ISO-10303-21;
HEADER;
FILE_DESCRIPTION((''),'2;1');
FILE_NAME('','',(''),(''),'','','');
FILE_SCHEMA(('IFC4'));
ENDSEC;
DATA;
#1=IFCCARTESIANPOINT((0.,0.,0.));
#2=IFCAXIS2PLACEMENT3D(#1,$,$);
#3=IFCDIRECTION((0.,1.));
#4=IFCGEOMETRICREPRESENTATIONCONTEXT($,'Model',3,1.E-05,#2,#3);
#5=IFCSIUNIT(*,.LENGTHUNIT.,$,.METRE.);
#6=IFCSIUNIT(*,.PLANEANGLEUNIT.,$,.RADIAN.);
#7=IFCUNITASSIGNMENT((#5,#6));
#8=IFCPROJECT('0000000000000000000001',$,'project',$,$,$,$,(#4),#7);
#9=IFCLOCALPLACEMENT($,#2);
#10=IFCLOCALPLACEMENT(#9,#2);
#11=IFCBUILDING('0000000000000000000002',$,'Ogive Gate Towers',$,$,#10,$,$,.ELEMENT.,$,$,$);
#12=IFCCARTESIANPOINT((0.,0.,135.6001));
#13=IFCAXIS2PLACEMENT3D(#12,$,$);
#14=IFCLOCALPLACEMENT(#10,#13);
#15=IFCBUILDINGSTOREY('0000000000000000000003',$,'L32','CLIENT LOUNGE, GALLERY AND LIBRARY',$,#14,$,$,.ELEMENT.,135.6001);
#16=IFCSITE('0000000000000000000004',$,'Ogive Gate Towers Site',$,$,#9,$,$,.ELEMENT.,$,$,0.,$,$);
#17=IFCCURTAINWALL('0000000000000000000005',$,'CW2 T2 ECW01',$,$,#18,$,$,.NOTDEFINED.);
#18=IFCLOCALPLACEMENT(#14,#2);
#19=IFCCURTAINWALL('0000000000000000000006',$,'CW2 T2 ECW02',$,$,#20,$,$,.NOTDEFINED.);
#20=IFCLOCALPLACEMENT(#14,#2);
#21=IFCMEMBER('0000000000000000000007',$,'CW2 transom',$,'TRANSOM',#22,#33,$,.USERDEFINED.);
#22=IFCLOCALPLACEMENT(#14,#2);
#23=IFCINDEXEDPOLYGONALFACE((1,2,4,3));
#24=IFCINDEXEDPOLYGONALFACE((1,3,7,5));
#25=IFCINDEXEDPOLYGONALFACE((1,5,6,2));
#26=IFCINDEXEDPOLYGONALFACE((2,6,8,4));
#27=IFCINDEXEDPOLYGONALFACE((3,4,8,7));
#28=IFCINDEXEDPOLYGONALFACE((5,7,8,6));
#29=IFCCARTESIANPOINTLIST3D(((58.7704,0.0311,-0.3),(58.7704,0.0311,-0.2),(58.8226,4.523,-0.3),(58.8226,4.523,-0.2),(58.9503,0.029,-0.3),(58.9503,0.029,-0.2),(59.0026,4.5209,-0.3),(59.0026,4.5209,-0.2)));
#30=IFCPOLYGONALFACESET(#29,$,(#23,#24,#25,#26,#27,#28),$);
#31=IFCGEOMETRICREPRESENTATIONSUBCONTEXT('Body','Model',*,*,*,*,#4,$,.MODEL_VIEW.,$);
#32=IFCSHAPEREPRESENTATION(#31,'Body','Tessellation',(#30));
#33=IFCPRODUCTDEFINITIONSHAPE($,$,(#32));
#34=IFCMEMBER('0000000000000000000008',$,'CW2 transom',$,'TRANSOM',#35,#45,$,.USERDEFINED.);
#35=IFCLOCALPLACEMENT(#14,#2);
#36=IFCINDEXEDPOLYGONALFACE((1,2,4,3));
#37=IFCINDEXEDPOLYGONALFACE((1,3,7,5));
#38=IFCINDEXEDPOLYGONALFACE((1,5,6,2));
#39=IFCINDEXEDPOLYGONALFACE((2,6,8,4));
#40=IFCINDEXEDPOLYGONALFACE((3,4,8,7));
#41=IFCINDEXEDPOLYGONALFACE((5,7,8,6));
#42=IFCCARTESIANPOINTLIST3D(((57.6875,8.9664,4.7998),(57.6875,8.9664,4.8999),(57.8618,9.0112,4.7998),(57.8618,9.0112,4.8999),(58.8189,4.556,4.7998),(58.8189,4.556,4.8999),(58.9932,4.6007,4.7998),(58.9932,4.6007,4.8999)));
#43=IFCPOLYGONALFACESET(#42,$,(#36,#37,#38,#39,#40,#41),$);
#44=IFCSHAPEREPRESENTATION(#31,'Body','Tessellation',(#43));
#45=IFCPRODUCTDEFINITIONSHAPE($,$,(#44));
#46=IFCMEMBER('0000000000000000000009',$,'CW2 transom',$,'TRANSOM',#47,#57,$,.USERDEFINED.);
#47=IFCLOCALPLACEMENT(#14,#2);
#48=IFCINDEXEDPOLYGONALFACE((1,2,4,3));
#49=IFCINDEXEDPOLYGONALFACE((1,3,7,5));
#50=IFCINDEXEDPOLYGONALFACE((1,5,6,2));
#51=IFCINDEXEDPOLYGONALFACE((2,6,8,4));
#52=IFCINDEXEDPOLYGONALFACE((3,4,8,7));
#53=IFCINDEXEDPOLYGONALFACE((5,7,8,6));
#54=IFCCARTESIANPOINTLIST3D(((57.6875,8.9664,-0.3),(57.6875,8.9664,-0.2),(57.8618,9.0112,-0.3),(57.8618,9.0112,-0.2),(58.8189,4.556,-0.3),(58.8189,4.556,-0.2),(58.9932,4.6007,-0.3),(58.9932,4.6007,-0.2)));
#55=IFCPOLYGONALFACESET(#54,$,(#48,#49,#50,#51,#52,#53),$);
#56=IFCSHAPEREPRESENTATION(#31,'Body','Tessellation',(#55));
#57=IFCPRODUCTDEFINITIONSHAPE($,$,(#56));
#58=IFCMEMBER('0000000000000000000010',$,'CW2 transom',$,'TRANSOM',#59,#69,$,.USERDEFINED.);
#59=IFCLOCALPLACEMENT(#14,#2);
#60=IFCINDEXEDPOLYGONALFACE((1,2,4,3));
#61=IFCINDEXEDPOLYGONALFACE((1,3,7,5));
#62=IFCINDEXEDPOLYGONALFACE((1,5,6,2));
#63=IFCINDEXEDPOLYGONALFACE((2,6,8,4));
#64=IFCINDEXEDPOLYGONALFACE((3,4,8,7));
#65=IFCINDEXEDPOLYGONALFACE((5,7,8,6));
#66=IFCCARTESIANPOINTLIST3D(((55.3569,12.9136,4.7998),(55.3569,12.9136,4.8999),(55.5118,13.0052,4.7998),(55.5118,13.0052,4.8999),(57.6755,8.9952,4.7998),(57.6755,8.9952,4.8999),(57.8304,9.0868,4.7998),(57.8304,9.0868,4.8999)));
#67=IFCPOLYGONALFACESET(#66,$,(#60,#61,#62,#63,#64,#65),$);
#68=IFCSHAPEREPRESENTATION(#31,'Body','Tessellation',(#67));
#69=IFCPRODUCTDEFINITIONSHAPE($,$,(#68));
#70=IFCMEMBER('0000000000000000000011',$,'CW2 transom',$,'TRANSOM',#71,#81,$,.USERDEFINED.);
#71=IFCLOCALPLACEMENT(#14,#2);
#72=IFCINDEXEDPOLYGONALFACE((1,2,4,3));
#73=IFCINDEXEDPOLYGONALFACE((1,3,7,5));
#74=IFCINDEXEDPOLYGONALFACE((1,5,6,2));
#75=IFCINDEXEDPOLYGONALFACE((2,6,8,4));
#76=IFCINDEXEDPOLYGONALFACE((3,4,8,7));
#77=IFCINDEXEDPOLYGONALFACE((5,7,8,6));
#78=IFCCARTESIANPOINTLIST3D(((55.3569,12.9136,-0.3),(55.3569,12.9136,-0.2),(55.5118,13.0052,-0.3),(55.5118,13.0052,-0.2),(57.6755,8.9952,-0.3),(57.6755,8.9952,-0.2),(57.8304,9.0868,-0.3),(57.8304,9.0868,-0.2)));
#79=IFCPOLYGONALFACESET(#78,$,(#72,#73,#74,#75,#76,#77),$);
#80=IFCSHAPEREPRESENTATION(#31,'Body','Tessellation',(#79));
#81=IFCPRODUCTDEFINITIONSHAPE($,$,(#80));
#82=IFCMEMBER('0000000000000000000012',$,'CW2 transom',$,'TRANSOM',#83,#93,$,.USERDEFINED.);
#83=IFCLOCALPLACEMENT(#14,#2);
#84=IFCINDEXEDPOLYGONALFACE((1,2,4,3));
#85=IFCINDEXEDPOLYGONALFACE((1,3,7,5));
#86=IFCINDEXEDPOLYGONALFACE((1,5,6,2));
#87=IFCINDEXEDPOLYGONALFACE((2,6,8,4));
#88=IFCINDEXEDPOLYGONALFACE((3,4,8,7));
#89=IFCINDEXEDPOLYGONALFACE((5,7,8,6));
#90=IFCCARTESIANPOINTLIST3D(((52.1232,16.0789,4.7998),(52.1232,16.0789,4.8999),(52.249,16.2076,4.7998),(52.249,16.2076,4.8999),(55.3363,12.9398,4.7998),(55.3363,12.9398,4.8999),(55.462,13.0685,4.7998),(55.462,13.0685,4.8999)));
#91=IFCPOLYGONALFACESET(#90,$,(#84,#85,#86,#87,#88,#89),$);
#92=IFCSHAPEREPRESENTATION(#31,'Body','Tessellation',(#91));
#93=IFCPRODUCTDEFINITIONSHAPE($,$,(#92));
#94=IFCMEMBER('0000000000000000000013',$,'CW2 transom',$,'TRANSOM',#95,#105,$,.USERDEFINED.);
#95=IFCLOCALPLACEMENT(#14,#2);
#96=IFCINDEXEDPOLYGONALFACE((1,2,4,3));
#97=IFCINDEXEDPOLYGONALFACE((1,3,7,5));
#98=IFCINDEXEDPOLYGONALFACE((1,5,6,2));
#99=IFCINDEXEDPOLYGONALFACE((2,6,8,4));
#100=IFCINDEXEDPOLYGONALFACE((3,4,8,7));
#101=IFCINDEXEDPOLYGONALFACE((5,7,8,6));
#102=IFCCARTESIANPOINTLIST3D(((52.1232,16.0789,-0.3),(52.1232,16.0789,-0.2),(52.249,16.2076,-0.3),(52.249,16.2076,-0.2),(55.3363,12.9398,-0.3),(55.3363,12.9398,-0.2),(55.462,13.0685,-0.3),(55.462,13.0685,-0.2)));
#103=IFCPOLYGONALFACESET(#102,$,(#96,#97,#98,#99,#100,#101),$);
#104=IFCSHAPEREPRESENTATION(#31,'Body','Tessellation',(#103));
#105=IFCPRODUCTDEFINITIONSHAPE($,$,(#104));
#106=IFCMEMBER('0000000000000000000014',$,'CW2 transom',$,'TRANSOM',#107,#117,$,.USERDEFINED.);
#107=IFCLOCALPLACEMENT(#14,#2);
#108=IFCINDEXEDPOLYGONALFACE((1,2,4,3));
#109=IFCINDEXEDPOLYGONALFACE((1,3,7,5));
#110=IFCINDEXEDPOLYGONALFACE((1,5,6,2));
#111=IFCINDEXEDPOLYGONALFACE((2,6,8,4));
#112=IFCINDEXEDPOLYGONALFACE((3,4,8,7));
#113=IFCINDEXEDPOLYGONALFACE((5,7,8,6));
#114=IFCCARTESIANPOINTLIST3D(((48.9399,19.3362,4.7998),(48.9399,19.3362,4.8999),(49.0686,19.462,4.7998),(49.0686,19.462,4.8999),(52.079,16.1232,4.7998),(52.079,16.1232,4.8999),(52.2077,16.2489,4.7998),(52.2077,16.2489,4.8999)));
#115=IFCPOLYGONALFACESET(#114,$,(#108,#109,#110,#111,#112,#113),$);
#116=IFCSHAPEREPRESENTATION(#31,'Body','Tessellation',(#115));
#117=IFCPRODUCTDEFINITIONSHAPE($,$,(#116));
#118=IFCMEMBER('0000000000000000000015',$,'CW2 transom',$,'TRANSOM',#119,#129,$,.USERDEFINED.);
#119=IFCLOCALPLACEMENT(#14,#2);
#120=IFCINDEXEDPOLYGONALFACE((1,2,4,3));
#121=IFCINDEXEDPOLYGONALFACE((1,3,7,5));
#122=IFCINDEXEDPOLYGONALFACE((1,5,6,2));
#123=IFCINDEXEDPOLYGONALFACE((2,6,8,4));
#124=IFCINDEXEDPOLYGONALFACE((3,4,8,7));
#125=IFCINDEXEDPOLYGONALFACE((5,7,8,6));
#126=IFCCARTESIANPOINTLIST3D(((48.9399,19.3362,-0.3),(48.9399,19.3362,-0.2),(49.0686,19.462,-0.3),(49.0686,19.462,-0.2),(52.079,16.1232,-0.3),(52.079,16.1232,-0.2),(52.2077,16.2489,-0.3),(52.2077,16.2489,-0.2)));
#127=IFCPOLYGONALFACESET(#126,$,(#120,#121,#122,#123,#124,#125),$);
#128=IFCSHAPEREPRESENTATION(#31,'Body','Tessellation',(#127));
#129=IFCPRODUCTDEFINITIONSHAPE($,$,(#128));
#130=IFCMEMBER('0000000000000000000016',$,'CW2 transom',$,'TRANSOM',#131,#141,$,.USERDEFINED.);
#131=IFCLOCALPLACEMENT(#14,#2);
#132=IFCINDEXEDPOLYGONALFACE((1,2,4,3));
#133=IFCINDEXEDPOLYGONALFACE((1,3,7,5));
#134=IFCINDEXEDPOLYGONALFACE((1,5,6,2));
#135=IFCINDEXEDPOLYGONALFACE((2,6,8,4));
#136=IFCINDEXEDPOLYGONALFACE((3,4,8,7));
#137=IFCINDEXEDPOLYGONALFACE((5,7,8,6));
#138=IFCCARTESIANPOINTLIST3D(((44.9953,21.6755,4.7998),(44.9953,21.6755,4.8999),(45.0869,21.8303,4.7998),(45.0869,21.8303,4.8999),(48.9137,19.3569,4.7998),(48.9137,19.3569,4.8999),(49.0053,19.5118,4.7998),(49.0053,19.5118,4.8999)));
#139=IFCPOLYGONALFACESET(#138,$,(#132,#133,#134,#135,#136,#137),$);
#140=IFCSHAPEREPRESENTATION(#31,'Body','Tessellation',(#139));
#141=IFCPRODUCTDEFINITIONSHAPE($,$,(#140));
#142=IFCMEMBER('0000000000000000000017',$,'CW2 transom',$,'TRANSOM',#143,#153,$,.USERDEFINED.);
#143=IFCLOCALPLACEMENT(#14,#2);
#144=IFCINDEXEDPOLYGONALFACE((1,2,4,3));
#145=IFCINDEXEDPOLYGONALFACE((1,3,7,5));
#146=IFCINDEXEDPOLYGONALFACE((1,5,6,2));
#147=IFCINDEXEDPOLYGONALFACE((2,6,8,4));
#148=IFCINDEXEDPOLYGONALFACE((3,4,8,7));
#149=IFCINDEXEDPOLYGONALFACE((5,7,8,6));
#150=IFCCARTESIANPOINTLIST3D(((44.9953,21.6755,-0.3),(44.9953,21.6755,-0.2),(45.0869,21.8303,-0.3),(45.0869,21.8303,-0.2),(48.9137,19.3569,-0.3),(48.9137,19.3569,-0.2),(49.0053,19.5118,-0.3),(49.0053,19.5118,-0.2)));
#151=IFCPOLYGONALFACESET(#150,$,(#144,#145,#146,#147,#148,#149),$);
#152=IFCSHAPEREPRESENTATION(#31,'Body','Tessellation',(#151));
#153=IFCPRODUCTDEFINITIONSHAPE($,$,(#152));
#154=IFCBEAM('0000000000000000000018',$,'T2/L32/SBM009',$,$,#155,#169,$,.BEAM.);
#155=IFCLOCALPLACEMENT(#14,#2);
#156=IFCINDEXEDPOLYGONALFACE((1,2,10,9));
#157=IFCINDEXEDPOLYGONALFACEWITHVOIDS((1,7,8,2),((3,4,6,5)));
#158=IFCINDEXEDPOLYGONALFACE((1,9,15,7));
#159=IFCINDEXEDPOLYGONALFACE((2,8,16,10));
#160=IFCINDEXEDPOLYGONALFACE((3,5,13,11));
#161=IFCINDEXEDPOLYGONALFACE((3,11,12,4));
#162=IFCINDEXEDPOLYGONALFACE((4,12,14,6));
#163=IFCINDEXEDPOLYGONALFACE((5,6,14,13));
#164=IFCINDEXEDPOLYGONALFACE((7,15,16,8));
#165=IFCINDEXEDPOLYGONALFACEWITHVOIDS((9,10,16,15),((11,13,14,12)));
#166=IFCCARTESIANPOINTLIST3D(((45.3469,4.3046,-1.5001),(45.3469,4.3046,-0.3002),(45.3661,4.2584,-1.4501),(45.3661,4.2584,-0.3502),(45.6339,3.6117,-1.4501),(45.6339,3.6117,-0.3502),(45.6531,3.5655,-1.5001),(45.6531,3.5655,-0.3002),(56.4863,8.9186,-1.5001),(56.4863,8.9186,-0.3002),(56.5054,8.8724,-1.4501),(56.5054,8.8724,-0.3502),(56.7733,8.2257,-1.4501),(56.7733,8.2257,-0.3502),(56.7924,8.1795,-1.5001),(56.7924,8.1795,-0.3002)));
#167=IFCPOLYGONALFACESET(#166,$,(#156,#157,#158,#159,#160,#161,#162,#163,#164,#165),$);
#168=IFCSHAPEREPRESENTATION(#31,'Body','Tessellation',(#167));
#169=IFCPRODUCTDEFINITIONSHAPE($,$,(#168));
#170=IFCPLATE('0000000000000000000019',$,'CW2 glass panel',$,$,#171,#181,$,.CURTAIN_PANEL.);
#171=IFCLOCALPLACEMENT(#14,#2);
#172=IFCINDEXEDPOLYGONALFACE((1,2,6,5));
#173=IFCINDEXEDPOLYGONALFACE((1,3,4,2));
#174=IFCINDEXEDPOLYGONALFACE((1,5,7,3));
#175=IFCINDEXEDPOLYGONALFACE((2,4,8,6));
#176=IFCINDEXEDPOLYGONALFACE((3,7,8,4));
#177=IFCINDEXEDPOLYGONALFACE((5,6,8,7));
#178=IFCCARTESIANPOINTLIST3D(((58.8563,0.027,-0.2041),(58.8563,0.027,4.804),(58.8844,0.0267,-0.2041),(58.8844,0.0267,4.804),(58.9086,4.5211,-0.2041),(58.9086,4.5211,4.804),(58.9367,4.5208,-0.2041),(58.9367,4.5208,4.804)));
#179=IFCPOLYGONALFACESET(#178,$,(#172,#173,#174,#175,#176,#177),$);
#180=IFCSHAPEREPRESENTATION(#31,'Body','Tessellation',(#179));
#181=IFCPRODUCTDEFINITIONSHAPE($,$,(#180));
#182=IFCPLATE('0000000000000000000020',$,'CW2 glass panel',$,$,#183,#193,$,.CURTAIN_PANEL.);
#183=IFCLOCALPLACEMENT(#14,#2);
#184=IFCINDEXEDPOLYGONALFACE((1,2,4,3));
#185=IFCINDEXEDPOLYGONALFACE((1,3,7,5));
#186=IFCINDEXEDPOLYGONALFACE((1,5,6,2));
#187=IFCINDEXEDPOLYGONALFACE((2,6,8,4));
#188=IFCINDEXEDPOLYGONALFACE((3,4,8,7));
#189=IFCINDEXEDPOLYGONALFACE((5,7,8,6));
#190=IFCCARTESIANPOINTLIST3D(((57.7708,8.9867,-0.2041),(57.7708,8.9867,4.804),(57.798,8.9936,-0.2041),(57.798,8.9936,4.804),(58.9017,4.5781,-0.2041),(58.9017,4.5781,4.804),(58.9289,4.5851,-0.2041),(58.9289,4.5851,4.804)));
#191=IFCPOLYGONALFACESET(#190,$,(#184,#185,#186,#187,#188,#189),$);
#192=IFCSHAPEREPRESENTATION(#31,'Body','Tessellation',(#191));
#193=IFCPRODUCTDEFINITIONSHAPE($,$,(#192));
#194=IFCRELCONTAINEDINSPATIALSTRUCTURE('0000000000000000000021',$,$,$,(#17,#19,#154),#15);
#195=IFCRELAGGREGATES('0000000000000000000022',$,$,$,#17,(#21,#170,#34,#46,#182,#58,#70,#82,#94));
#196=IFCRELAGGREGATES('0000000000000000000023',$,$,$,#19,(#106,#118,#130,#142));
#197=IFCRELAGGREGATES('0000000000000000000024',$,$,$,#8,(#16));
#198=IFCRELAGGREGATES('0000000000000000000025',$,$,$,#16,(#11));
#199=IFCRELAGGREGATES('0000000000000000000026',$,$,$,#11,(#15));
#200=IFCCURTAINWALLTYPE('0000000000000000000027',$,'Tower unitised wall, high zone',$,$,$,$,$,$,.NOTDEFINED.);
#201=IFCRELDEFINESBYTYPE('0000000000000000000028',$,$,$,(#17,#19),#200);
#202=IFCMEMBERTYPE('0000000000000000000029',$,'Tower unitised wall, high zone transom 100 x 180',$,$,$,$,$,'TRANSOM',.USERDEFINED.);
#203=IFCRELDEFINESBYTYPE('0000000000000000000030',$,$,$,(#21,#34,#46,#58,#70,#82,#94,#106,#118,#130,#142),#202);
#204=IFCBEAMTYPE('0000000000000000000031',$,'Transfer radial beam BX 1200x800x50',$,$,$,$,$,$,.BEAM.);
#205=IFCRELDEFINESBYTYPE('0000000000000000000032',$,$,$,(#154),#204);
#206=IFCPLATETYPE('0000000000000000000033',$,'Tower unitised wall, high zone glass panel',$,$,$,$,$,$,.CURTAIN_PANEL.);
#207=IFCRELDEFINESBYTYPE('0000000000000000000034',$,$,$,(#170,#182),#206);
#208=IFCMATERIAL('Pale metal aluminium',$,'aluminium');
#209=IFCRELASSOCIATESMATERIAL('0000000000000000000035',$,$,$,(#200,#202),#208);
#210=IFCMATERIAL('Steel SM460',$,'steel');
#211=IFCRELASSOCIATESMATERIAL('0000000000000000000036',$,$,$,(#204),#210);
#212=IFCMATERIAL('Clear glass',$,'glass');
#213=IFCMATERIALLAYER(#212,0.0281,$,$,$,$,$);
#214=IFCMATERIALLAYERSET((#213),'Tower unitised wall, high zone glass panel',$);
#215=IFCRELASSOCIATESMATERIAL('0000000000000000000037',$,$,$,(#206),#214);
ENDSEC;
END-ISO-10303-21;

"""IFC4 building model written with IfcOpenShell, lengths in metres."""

from ifc_helpers import new_model, si_unit, direction, frame, origin, origin_2d, place, context, subcontext, project, spatial, rectangle, hollow_rectangle, extrude, material, layer, layer_set, material_profile, profile_set, type_object, element, aggregate, save


model = new_model("IFC4")

# Units and contexts
model_context = context("Model", 3, precision=1e-05, world=origin(), true_north=direction((0.0, 1.0)))
body_context = subcontext(model_context, "Body", "Model", "MODEL_VIEW")
ifc_project = project(units=[si_unit("LENGTHUNIT", "METRE"), si_unit("PLANEANGLEUNIT", "RADIAN")], contexts=[model_context])

# Site, building, storey
site_placement = place(None, origin())
site = spatial("IfcSite", under=ifc_project, at=site_placement, Name="Ogive Gate Towers Site", CompositionType="ELEMENT", RefElevation=0.0)
building_placement = place(site_placement, origin())
building = spatial("IfcBuilding", under=site, at=building_placement, Name="Ogive Gate Towers", CompositionType="ELEMENT")
storey_placement = place(building_placement, frame((0.0, 0.0, 135.6001)))
storey = spatial("IfcBuildingStorey", under=building, at=storey_placement, Name="L32", Description="CLIENT LOUNGE, GALLERY AND LIBRARY", CompositionType="ELEMENT", Elevation=135.6001)

# Shared definitions
ifc_material_1 = material(Name="Steel SM460", Category="steel")

# Curtain wall
ifc_material_2 = material(Name="Pale metal aluminium", Category="aluminium")
curtain_wall_type = type_object("IfcCurtainWallType", Name="Tower unitised wall, high zone", PredefinedType="NOTDEFINED", material=ifc_material_2)
curtain_wall_1_placement = place(storey_placement, origin())
curtain_wall_1 = element("IfcCurtainWall", 1, at=curtain_wall_1_placement, inside=storey, type_object=curtain_wall_type, Name="CW2 T2 ECW01", PredefinedType="NOTDEFINED")

# Curtain wall
curtain_wall_2_placement = place(storey_placement, origin())
curtain_wall_2 = element("IfcCurtainWall", 2, at=curtain_wall_2_placement, inside=storey, type_object=curtain_wall_type, Name="CW2 T2 ECW02", PredefinedType="NOTDEFINED")

# Members
ifc_material_profile_1 = material_profile(ifc_material_2, rectangle(XDim=0.1799, YDim=0.1001, at=origin_2d()), Name="100 x 180 aluminium box")
ifc_profile_set_1 = profile_set([ifc_material_profile_1], Name="Pale metal aluminium")
member_type_1 = type_object("IfcMemberType", Name="Tower unitised wall, high zone transom 100 x 180", ElementType="TRANSOM", PredefinedType="USERDEFINED", material=ifc_profile_set_1)
member_1_placement = place(storey_placement, frame((58.8604, 0.03, -0.25), z_axis=(0.01163, 0.999932, 0.0), x_axis=(-0.999932, 0.01163, 0.0)))
member_1 = element("IfcMember", 3, at=member_1_placement, type_object=member_type_1, Name="CW2 transom", ObjectType="TRANSOM", PredefinedType="USERDEFINED", context=body_context, shape_type="SweptSolid", body=[
    extrude(rectangle(XDim=0.1799, YDim=0.1001, at=origin_2d()), origin(), (0.0, 0.0, 1.0), 4.4922),
])
member_2_placement = place(storey_placement, frame((58.906, 4.5784, 4.8499), z_axis=(-0.248473, 0.968639, 0.0), x_axis=(-0.968639, -0.248473, 0.0)))
member_2 = element("IfcMember", 4, at=member_2_placement, type_object=member_type_1, Name="CW2 transom", ObjectType="TRANSOM", PredefinedType="USERDEFINED", context=body_context, shape_type="SweptSolid", body=[
    extrude(rectangle(XDim=0.1799, YDim=0.1001, at=origin_2d()), origin(), (0.0, 0.0, 1.0), 4.5532),
])
member_3_placement = place(storey_placement, frame((58.906, 4.5784, -0.25), z_axis=(-0.248473, 0.968639, 0.0), x_axis=(-0.968639, -0.248473, 0.0)))
member_3 = element("IfcMember", 5, at=member_3_placement, type_object=member_type_1, Name="CW2 transom", ObjectType="TRANSOM", PredefinedType="USERDEFINED", context=body_context, shape_type="SweptSolid", body=[
    extrude(rectangle(XDim=0.1799, YDim=0.1001, at=origin_2d()), origin(), (0.0, 0.0, 1.0), 4.5532),
])
member_4_placement = place(storey_placement, frame((57.7529, 9.041, 4.8499), z_axis=(-0.509242, 0.860623, 0.0), x_axis=(-0.860623, -0.509242, 0.0)))
member_4 = element("IfcMember", 6, at=member_4_placement, type_object=member_type_1, Name="CW2 transom", ObjectType="TRANSOM", PredefinedType="USERDEFINED", context=body_context, shape_type="SweptSolid", body=[
    extrude(rectangle(XDim=0.1799, YDim=0.1001, at=origin_2d()), origin(), (0.0, 0.0, 1.0), 4.553),
])
member_5_placement = place(storey_placement, frame((57.7529, 9.041, -0.25), z_axis=(-0.509242, 0.860623, 0.0), x_axis=(-0.860623, -0.509242, 0.0)))
member_5 = element("IfcMember", 7, at=member_5_placement, type_object=member_type_1, Name="CW2 transom", ObjectType="TRANSOM", PredefinedType="USERDEFINED", context=body_context, shape_type="SweptSolid", body=[
    extrude(rectangle(XDim=0.1799, YDim=0.1001, at=origin_2d()), origin(), (0.0, 0.0, 1.0), 4.553),
])
member_6_placement = place(storey_placement, frame((55.3992, 13.0042, 4.8499), z_axis=(-0.715293, 0.698825, 0.0), x_axis=(-0.698825, -0.715293, 0.0)))
member_6 = element("IfcMember", 8, at=member_6_placement, type_object=member_type_1, Name="CW2 transom", ObjectType="TRANSOM", PredefinedType="USERDEFINED", context=body_context, shape_type="SweptSolid", body=[
    extrude(rectangle(XDim=0.1799, YDim=0.1001, at=origin_2d()), origin(), (0.0, 0.0, 1.0), 4.4919),
])
member_7_placement = place(storey_placement, frame((55.3992, 13.0042, -0.25), z_axis=(-0.715293, 0.698825, 0.0), x_axis=(-0.698825, -0.715293, 0.0)))
member_7 = element("IfcMember", 9, at=member_7_placement, type_object=member_type_1, Name="CW2 transom", ObjectType="TRANSOM", PredefinedType="USERDEFINED", context=body_context, shape_type="SweptSolid", body=[
    extrude(rectangle(XDim=0.1799, YDim=0.1001, at=origin_2d()), origin(), (0.0, 0.0, 1.0), 4.4919),
])
member_8_placement = place(storey_placement, frame((52.1433, 16.186, 4.8499), z_axis=(-0.698825, 0.715293, 0.0), x_axis=(-0.715293, -0.698825, 0.0)))
member_8 = element("IfcMember", 10, at=member_8_placement, type_object=member_type_1, Name="CW2 transom", ObjectType="TRANSOM", PredefinedType="USERDEFINED", context=body_context, shape_type="SweptSolid", body=[
    extrude(rectangle(XDim=0.1799, YDim=0.1001, at=origin_2d()), origin(), (0.0, 0.0, 1.0), 4.4919),
])
member_9_placement = place(storey_placement, frame((52.1433, 16.186, -0.25), z_axis=(-0.698825, 0.715293, 0.0), x_axis=(-0.715293, -0.698825, 0.0)))
member_9 = element("IfcMember", 11, at=member_9_placement, type_object=member_type_1, Name="CW2 transom", ObjectType="TRANSOM", PredefinedType="USERDEFINED", context=body_context, shape_type="SweptSolid", body=[
    extrude(rectangle(XDim=0.1799, YDim=0.1001, at=origin_2d()), origin(), (0.0, 0.0, 1.0), 4.4919),
])
member_10_placement = place(storey_placement, frame((48.9595, 19.4343, 4.8499), z_axis=(-0.860623, 0.509242, 0.0), x_axis=(-0.509242, -0.860623, 0.0)))
member_10 = element("IfcMember", 12, at=member_10_placement, type_object=member_type_1, Name="CW2 transom", ObjectType="TRANSOM", PredefinedType="USERDEFINED", context=body_context, shape_type="SweptSolid", body=[
    extrude(rectangle(XDim=0.1799, YDim=0.1001, at=origin_2d()), origin(), (0.0, 0.0, 1.0), 4.553),
])
member_11_placement = place(storey_placement, frame((48.9595, 19.4343, -0.25), z_axis=(-0.860623, 0.509242, 0.0), x_axis=(-0.509242, -0.860623, 0.0)))
member_11 = element("IfcMember", 13, at=member_11_placement, type_object=member_type_1, Name="CW2 transom", ObjectType="TRANSOM", PredefinedType="USERDEFINED", context=body_context, shape_type="SweptSolid", body=[
    extrude(rectangle(XDim=0.1799, YDim=0.1001, at=origin_2d()), origin(), (0.0, 0.0, 1.0), 4.553),
])

# Beam
ifc_material_profile_2 = material_profile(ifc_material_1, hollow_rectangle(XDim=0.8, YDim=1.2, WallThickness=0.05, at=origin_2d()), Name="BX 1200x800x50")
ifc_profile_set_2 = profile_set([ifc_material_profile_2], Name="Steel SM460")
beam_type_1 = type_object("IfcBeamType", Name="Transfer radial beam BX 1200x800x50", PredefinedType="BEAM", material=ifc_profile_set_2)
beam_1_placement = place(storey_placement, frame((45.5, 3.9351, -0.9001), z_axis=(0.923882, 0.382678, 0.0), x_axis=(-0.382678, 0.923882, 0.0)))
element("IfcBeam", 14, at=beam_1_placement, inside=storey, type_object=beam_type_1, Name="T2/L32/SBM009", PredefinedType="BEAM", context=body_context, shape_type="SweptSolid", body=[
    extrude(hollow_rectangle(XDim=0.8, YDim=1.2, WallThickness=0.05, at=origin_2d()), origin(), (0.0, 0.0, 1.0), 12.0571),
])

# Plates
ifc_material_3 = material(Name="Clear glass", Category="glass")
ifc_layer_1 = layer(ifc_material_3, 0.0281)
ifc_layer_set_1 = layer_set([ifc_layer_1], Name="Tower unitised wall, high zone glass panel")
plate_type = type_object("IfcPlateType", Name="Tower unitised wall, high zone glass panel", PredefinedType="CURTAIN_PANEL", material=ifc_layer_set_1)
plate_1_placement = place(storey_placement, frame((58.8965, 2.2739, -0.2041), z_axis=(0.0, 0.0, 1.0), x_axis=(0.011641, 0.999932, 0.0)))
plate_1 = element("IfcPlate", 15, at=plate_1_placement, type_object=plate_type, Name="CW2 glass panel", PredefinedType="CURTAIN_PANEL", context=body_context, shape_type="SweptSolid", body=[
    extrude(rectangle(XDim=4.4944, YDim=0.0281, at=origin_2d()), origin(), (0.0, 0.0, 1.0), 5.0081),
])
plate_2_placement = place(storey_placement, frame((58.3499, 6.7859, -0.2041), z_axis=(0.0, 0.0, 1.0), x_axis=(-0.24847, 0.96864, 0.0)))
plate_2 = element("IfcPlate", 16, at=plate_2_placement, type_object=plate_type, Name="CW2 glass panel", PredefinedType="CURTAIN_PANEL", context=body_context, shape_type="SweptSolid", body=[
    extrude(rectangle(XDim=4.5513, YDim=0.0281, at=origin_2d()), origin(), (0.0, 0.0, 1.0), 5.0081),
])
aggregate(curtain_wall_1, [member_1, plate_1, member_2, member_3, plate_2, member_4, member_5, member_6, member_7])
aggregate(curtain_wall_2, [member_8, member_9, member_10, member_11])

save(model, "model.ifc")
